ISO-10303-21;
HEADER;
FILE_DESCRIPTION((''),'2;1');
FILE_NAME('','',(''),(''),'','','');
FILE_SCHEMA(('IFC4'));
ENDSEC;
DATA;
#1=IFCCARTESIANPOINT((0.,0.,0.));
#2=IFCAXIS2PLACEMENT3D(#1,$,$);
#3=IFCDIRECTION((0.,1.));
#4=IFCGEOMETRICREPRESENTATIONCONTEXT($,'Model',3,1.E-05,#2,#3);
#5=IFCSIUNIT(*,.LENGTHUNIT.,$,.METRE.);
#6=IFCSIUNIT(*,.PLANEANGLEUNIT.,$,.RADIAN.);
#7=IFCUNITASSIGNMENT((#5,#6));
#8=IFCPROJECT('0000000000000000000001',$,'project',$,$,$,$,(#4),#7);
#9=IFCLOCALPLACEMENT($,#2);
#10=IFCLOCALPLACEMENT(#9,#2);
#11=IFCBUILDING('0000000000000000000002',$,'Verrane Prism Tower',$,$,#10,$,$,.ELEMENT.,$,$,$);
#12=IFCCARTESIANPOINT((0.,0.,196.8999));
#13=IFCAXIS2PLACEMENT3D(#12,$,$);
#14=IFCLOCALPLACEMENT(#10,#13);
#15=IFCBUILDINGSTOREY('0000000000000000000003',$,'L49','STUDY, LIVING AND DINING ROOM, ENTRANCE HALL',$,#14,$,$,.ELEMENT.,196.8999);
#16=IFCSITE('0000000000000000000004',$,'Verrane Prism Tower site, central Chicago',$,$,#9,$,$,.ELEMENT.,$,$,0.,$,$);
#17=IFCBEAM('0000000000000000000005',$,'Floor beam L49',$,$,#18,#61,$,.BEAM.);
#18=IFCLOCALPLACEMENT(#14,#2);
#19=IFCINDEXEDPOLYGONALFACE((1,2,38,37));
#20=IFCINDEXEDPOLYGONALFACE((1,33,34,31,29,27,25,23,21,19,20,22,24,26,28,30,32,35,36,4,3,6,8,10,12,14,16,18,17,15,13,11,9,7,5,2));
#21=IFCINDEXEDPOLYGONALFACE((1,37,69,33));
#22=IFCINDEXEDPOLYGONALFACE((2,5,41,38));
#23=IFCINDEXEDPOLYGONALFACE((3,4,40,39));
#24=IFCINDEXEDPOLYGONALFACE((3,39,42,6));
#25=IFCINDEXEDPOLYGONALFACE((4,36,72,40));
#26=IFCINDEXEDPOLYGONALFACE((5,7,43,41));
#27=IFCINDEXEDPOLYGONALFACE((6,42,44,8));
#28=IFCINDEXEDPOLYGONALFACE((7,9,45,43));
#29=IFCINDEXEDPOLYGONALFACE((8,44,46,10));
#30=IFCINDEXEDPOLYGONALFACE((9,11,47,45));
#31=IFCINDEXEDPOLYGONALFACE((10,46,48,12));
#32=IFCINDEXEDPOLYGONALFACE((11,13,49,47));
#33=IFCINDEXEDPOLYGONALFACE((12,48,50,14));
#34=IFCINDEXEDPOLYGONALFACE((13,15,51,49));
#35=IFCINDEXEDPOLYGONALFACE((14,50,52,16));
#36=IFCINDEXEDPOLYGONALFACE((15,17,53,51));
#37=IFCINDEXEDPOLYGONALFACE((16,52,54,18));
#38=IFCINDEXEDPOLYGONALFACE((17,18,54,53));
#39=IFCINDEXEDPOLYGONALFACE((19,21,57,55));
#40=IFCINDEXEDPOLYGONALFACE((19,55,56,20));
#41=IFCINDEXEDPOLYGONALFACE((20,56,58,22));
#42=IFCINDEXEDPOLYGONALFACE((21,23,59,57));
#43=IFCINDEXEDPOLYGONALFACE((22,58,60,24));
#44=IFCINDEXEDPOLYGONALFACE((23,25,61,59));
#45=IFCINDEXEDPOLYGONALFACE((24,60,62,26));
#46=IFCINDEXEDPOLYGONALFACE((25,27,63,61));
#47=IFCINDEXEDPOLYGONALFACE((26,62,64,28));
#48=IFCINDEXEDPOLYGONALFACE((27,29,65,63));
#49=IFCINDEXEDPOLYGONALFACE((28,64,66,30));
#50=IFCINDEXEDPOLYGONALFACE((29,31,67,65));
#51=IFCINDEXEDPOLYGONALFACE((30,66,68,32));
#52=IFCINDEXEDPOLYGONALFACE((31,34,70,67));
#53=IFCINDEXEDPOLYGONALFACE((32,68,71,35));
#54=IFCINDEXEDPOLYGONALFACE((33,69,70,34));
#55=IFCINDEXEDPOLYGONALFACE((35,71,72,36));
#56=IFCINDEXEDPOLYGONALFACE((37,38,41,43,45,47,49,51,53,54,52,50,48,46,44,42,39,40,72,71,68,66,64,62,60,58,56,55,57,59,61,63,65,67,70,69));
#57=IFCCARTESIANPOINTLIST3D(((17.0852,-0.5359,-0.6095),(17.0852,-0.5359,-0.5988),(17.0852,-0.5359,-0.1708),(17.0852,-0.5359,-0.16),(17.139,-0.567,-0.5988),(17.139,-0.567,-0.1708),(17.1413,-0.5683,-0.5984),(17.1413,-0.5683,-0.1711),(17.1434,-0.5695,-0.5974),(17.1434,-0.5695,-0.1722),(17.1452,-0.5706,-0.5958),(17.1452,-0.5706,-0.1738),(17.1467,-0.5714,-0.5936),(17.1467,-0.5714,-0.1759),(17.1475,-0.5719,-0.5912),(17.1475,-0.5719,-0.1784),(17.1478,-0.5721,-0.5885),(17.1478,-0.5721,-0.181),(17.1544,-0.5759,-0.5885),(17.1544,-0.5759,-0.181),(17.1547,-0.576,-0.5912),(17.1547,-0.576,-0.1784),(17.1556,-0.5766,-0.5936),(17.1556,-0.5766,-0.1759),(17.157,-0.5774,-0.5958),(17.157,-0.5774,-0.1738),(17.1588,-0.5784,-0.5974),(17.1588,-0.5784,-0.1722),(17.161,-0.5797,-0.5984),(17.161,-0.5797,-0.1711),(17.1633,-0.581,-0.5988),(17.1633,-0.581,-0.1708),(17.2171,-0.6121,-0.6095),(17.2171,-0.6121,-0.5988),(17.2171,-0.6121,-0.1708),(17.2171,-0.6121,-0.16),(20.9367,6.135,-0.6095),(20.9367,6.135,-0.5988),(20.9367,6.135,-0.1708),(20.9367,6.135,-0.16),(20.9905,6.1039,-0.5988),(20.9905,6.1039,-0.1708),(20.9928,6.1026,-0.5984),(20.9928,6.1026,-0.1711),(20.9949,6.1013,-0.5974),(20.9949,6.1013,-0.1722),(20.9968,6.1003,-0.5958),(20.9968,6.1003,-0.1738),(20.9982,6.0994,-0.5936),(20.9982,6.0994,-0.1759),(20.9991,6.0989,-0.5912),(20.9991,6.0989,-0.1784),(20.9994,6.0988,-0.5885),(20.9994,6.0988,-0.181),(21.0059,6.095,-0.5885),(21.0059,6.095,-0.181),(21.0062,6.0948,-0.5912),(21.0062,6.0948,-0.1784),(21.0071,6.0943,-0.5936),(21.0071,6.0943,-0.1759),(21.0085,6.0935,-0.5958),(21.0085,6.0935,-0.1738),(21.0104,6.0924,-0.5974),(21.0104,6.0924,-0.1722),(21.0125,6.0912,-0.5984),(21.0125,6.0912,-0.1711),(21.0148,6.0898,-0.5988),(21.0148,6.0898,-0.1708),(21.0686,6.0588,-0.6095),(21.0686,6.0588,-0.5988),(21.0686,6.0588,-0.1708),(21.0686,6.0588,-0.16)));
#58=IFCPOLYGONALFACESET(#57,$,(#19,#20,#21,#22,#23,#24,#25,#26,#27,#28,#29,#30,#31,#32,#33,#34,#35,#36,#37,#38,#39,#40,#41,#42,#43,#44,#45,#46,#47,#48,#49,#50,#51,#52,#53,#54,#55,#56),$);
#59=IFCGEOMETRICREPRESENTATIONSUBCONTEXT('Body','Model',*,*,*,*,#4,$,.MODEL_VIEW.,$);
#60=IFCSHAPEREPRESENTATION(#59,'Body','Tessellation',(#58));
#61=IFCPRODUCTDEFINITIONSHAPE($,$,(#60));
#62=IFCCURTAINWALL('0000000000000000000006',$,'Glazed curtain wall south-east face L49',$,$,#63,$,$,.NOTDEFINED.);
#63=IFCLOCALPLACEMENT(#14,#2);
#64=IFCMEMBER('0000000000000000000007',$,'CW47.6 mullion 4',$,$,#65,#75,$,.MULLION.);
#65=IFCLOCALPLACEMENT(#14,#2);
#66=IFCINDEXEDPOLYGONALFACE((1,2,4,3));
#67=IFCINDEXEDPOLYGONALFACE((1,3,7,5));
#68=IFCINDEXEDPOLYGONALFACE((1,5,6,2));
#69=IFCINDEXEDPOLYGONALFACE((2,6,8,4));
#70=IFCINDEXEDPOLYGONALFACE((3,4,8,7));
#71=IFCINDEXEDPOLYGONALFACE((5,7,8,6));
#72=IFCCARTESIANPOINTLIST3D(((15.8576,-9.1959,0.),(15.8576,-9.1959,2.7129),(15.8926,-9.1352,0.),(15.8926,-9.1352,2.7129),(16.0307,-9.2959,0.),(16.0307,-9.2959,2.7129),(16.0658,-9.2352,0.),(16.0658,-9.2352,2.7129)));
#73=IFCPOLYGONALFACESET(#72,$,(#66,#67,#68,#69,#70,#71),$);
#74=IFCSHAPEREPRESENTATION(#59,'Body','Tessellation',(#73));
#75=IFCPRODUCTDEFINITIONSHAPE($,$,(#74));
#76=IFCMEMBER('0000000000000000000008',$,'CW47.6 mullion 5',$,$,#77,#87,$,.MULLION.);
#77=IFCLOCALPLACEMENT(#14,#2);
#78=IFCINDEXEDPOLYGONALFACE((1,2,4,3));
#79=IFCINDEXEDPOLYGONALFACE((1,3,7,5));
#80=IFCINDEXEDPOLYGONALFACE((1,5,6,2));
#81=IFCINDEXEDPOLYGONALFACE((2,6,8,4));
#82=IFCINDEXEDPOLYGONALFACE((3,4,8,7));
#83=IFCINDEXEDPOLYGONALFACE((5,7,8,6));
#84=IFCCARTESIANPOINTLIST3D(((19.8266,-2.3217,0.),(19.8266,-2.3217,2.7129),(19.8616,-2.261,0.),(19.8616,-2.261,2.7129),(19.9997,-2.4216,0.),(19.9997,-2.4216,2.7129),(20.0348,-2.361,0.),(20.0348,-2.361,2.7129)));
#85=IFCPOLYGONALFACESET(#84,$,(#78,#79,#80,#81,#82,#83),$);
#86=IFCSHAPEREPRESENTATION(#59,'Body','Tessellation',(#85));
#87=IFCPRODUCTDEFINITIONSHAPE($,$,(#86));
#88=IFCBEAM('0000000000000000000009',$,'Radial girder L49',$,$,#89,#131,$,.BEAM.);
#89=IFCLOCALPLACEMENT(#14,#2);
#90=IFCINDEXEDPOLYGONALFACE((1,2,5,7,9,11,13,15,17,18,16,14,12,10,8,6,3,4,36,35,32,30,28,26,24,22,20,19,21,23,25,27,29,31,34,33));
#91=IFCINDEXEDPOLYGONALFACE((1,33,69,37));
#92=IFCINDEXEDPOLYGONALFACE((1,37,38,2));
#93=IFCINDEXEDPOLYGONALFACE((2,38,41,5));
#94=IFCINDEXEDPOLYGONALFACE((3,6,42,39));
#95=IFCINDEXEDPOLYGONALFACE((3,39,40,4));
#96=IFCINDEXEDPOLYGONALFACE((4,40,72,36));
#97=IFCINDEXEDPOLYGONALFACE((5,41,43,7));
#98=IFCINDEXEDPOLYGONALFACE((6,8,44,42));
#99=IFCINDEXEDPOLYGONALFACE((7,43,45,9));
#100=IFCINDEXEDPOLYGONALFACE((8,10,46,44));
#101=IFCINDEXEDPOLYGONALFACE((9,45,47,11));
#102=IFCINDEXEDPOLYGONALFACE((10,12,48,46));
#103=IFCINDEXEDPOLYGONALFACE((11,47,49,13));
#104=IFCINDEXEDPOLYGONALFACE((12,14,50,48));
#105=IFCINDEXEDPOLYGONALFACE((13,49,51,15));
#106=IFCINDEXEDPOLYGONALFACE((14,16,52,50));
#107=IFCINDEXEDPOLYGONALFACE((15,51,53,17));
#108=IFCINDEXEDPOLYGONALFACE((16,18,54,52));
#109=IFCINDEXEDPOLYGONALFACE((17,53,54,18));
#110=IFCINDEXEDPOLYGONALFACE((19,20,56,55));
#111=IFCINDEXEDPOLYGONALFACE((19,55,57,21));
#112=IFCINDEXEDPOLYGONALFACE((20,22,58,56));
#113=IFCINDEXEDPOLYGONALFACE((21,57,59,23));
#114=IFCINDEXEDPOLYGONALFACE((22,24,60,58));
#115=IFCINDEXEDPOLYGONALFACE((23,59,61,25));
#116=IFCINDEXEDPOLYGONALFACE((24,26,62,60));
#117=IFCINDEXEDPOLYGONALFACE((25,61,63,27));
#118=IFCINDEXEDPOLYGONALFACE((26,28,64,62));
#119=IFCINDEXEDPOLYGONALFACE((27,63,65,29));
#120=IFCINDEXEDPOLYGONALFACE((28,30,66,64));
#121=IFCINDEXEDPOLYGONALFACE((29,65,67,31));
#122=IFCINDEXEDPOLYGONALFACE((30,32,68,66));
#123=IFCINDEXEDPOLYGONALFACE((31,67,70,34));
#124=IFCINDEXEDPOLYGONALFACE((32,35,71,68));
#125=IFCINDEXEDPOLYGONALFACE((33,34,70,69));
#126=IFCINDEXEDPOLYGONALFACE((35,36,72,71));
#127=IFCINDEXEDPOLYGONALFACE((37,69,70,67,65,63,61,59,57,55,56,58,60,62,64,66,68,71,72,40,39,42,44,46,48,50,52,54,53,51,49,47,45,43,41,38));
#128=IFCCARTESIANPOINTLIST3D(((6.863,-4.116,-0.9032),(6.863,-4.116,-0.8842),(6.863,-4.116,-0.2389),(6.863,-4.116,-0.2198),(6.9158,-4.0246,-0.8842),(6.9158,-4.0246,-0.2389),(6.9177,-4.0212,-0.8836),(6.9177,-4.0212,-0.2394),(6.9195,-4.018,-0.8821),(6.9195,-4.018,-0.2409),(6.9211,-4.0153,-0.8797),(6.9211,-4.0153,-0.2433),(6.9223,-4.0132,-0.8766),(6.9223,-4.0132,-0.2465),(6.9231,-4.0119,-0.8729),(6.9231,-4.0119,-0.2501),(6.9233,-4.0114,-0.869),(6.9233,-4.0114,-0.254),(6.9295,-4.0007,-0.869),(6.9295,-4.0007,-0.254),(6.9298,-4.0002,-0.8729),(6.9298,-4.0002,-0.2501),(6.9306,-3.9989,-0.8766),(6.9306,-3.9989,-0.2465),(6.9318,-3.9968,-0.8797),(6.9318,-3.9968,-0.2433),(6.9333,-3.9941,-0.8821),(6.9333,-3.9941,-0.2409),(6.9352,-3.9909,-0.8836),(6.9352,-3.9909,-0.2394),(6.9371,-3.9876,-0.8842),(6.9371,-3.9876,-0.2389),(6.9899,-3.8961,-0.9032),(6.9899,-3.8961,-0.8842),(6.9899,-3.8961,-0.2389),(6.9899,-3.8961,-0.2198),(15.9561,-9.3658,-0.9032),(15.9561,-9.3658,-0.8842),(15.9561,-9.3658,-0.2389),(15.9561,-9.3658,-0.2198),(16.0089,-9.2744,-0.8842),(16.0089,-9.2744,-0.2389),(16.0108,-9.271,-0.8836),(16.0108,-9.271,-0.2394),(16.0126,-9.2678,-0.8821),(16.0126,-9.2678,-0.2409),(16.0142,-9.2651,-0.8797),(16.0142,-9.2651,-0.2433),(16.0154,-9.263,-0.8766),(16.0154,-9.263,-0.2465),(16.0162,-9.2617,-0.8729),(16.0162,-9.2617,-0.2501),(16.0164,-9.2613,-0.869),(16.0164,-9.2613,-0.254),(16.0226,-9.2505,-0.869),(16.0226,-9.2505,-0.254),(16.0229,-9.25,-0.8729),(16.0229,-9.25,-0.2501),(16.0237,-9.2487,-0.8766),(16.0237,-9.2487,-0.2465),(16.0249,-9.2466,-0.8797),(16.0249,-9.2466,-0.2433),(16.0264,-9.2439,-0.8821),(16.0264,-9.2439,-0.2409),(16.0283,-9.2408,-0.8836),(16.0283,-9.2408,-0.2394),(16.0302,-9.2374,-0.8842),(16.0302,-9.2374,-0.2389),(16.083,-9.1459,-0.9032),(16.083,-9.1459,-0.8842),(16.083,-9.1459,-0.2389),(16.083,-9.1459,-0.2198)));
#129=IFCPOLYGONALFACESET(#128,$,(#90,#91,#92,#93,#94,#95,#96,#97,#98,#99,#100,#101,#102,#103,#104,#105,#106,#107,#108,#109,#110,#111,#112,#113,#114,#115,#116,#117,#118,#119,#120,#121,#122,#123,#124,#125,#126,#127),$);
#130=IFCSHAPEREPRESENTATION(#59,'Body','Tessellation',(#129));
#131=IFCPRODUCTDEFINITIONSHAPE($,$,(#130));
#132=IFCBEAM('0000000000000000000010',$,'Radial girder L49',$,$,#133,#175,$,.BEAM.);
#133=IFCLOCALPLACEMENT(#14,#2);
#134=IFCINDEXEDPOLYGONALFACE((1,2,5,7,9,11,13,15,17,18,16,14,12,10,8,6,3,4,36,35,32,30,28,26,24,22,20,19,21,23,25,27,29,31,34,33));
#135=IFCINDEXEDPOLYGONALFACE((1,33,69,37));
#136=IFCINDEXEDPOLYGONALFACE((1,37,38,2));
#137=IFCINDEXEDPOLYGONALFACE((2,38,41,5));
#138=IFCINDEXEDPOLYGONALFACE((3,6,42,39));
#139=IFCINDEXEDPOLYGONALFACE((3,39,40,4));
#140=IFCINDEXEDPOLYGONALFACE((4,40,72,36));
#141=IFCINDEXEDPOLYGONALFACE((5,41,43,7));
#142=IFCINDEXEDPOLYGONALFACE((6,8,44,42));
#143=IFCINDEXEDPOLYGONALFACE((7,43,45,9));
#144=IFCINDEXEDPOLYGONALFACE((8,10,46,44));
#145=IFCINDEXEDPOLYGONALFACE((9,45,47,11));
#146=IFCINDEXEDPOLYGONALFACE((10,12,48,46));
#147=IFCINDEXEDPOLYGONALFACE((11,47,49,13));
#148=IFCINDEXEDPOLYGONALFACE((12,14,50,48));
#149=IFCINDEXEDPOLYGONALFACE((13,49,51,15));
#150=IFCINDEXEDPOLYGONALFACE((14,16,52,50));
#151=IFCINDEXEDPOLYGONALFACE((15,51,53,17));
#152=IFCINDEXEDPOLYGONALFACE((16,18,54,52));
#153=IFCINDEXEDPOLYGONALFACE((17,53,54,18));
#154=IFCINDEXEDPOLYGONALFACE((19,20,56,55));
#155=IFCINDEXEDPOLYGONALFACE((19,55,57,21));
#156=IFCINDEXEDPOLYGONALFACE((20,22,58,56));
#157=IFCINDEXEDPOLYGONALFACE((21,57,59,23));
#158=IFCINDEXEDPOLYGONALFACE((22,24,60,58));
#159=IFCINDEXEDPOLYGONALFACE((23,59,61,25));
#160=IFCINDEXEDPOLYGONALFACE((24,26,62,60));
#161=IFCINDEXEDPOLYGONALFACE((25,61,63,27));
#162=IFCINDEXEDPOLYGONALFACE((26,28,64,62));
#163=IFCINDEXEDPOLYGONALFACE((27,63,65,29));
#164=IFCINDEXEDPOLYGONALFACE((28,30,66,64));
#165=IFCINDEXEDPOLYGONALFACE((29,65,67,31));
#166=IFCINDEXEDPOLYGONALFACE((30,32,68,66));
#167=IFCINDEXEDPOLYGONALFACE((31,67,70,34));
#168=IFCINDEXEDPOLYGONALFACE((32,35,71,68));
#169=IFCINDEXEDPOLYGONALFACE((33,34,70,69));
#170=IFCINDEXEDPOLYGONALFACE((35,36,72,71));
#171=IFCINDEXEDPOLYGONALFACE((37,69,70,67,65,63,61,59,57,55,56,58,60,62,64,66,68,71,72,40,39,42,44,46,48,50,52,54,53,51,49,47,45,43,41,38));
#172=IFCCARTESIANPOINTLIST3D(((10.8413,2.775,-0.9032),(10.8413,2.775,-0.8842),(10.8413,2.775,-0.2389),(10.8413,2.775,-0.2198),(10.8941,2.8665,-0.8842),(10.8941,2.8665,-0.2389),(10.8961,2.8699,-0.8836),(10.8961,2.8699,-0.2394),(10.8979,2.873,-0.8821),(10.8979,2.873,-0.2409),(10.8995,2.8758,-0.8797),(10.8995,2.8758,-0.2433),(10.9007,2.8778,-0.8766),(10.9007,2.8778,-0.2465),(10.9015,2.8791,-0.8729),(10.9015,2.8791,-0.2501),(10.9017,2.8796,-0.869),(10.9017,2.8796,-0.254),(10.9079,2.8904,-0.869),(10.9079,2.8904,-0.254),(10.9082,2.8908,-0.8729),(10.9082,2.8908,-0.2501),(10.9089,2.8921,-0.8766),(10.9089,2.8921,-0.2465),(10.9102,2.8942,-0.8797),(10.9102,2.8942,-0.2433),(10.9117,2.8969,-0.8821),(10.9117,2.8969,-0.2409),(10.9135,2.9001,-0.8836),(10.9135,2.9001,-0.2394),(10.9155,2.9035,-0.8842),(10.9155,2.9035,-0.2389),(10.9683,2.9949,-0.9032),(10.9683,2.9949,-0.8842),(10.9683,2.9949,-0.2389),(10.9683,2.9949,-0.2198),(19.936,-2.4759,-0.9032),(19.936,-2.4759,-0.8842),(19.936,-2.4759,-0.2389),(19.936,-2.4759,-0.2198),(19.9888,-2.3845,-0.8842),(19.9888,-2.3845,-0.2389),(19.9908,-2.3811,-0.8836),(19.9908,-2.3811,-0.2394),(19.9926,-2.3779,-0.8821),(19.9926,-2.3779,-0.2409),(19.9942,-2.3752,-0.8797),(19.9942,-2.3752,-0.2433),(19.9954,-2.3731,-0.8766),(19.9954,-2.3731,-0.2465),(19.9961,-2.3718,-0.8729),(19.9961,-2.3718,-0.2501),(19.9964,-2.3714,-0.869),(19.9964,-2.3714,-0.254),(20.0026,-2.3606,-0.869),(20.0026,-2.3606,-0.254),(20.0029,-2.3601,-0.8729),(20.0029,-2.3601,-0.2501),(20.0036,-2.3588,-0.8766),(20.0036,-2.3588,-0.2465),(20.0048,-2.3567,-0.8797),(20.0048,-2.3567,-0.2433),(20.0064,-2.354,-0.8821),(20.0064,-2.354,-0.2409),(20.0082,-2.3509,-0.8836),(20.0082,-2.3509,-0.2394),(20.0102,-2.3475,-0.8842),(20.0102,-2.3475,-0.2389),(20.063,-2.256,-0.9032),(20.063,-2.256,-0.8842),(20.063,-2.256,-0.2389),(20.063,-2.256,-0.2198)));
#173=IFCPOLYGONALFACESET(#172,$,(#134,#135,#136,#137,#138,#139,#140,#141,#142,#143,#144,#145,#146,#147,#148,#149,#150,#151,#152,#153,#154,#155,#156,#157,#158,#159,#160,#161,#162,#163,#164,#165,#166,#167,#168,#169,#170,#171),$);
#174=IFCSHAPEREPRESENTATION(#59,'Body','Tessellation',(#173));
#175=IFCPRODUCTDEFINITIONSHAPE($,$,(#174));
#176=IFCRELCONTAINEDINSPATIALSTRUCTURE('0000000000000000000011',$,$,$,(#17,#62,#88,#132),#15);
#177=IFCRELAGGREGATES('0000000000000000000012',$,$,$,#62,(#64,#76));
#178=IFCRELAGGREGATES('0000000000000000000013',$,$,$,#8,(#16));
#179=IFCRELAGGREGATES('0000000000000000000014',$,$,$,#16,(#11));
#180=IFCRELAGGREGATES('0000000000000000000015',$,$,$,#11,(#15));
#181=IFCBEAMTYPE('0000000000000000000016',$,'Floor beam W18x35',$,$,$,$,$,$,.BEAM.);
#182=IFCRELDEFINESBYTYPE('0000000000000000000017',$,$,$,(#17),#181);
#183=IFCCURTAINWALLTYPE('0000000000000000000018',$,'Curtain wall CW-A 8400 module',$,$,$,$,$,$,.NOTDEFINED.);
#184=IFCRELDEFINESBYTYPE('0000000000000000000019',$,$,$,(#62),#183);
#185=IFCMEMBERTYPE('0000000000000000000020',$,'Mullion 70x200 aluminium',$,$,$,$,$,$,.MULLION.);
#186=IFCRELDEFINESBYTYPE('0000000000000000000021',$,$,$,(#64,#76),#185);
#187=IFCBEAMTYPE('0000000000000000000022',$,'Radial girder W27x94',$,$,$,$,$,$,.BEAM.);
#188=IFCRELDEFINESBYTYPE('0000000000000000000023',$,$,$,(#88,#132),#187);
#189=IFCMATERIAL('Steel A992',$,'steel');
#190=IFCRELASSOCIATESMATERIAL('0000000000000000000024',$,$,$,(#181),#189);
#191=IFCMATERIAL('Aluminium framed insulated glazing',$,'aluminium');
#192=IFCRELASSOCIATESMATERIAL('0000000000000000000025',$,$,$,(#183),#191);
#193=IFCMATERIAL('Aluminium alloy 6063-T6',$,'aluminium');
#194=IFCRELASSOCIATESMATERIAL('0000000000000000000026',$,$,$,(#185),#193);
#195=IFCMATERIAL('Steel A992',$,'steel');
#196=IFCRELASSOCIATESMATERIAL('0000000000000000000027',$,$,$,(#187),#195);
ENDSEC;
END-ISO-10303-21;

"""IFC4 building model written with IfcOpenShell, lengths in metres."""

from ifc_helpers import new_model, si_unit, direction, frame, origin, origin_2d, place, context, subcontext, project, spatial, rectangle, i_section, extrude, material, material_profile, profile_set, type_object, element, aggregate, save


model = new_model("IFC4")

# Units and contexts
model_context = context("Model", 3, precision=1e-05, world=origin(), true_north=direction((0.0, 1.0)))
body_context = subcontext(model_context, "Body", "Model", "MODEL_VIEW")
ifc_project = project(units=[si_unit("LENGTHUNIT", "METRE"), si_unit("PLANEANGLEUNIT", "RADIAN")], contexts=[model_context])

# Site, building, storey
site_placement = place(None, origin())
site = spatial("IfcSite", under=ifc_project, at=site_placement, Name="Verrane Prism Tower site, central Chicago", CompositionType="ELEMENT", RefElevation=0.0)
building_placement = place(site_placement, origin())
building = spatial("IfcBuilding", under=site, at=building_placement, Name="Verrane Prism Tower", CompositionType="ELEMENT")
storey_placement = place(building_placement, frame((0.0, 0.0, 196.8999)))
storey = spatial("IfcBuildingStorey", under=building, at=storey_placement, Name="L49", Description="STUDY, LIVING AND DINING ROOM, ENTRANCE HALL", CompositionType="ELEMENT", Elevation=196.8999)

# Beam
ifc_material_1 = material(Name="Steel A992", Category="steel")
ifc_material_profile_1 = material_profile(ifc_material_1, i_section(OverallWidth=0.1523, OverallDepth=0.4495, WebThickness=0.0076, FlangeThickness=0.0107, FilletRadius=0.0103, at=origin_2d()), Name="W18x35")
ifc_profile_set_1 = profile_set([ifc_material_profile_1], Name="Steel A992")
beam_type_1 = type_object("IfcBeamType", Name="Floor beam W18x35", PredefinedType="BEAM", material=ifc_profile_set_1)
beam_1_placement = place(storey_placement, frame((17.1511, -0.574, -0.3848), z_axis=(0.500011, 0.866019, 0.0), x_axis=(-0.866019, 0.500011, 0.0)))
element("IfcBeam", 1, at=beam_1_placement, inside=storey, type_object=beam_type_1, Name="Floor beam L49", PredefinedType="BEAM", context=body_context, shape_type="SweptSolid", body=[
    extrude(i_section(OverallWidth=0.1523, OverallDepth=0.4495, WebThickness=0.0076, FlangeThickness=0.0107, FilletRadius=0.0103, at=origin_2d()), origin(), (0.0, 0.0, 1.0), 7.7029),
])

# Curtain wall, members
ifc_material_2 = material(Name="Aluminium framed insulated glazing", Category="aluminium")
curtain_wall_type = type_object("IfcCurtainWallType", Name="Curtain wall CW-A 8400 module", PredefinedType="NOTDEFINED", material=ifc_material_2)
curtain_wall_placement = place(storey_placement, origin())
curtain_wall = element("IfcCurtainWall", 2, at=curtain_wall_placement, inside=storey, type_object=curtain_wall_type, Name="Glazed curtain wall south-east face L49", PredefinedType="NOTDEFINED")
ifc_material_3 = material(Name="Aluminium alloy 6063-T6", Category="aluminium")
ifc_material_profile_2 = material_profile(ifc_material_3, rectangle(XDim=0.2, YDim=0.0701, at=origin_2d()), Name="Mullion 70x200 aluminium")
ifc_profile_set_2 = profile_set([ifc_material_profile_2], Name="Aluminium alloy 6063-T6")
member_type_1 = type_object("IfcMemberType", Name="Mullion 70x200 aluminium", PredefinedType="MULLION", material=ifc_profile_set_2)
member_1_placement = place(storey_placement, frame((15.9617, -9.2156, 0.0), z_axis=(0.0, 0.0, 1.0), x_axis=(-0.866026, 0.5, 0.0)))
member_1 = element("IfcMember", 3, at=member_1_placement, type_object=member_type_1, Name="CW47.6 mullion 4", PredefinedType="MULLION", context=body_context, shape_type="SweptSolid", body=[
    extrude(rectangle(XDim=0.2, YDim=0.0701, at=origin_2d()), origin(), (0.0, 0.0, 1.0), 2.7129),
])
member_2_placement = place(storey_placement, frame((19.9307, -2.3413, 0.0), z_axis=(0.0, 0.0, 1.0), x_axis=(-0.866026, 0.5, 0.0)))
member_2 = element("IfcMember", 4, at=member_2_placement, type_object=member_type_1, Name="CW47.6 mullion 5", PredefinedType="MULLION", context=body_context, shape_type="SweptSolid", body=[
    extrude(rectangle(XDim=0.2, YDim=0.0701, at=origin_2d()), origin(), (0.0, 0.0, 1.0), 2.7129),
])

# Beams
ifc_material_4 = material(Name="Steel A992", Category="steel")
ifc_material_profile_3 = material_profile(ifc_material_4, i_section(OverallWidth=0.2539, OverallDepth=0.6833, WebThickness=0.0125, FlangeThickness=0.019, FilletRadius=0.0151, at=origin_2d()), Name="W27x94")
ifc_profile_set_3 = profile_set([ifc_material_profile_3], Name="Steel A992")
beam_type_2 = type_object("IfcBeamType", Name="Radial girder W27x94", PredefinedType="BEAM", material=ifc_profile_set_3)
beam_2_placement = place(storey_placement, frame((16.0195, -9.2559, -0.5615), z_axis=(-0.86603, 0.499993, 0.0), x_axis=(-0.499993, -0.86603, 0.0)))
element("IfcBeam", 5, at=beam_2_placement, inside=storey, type_object=beam_type_2, Name="Radial girder L49", PredefinedType="BEAM", context=body_context, shape_type="SweptSolid", body=[
    extrude(i_section(OverallWidth=0.2539, OverallDepth=0.6833, WebThickness=0.0125, FlangeThickness=0.019, FilletRadius=0.0151, at=origin_2d()), origin(), (0.0, 0.0, 1.0), 10.4998),
])
beam_3_placement = place(storey_placement, frame((19.9995, -2.366, -0.5615), z_axis=(-0.86602, 0.50001, 0.0), x_axis=(-0.50001, -0.86602, 0.0)))
element("IfcBeam", 6, at=beam_3_placement, inside=storey, type_object=beam_type_2, Name="Radial girder L49", PredefinedType="BEAM", context=body_context, shape_type="SweptSolid", body=[
    extrude(i_section(OverallWidth=0.2539, OverallDepth=0.6833, WebThickness=0.0125, FlangeThickness=0.019, FilletRadius=0.0151, at=origin_2d()), origin(), (0.0, 0.0, 1.0), 10.5017),
])

aggregate(curtain_wall, [member_1, member_2])

save(model, "model.ifc")
